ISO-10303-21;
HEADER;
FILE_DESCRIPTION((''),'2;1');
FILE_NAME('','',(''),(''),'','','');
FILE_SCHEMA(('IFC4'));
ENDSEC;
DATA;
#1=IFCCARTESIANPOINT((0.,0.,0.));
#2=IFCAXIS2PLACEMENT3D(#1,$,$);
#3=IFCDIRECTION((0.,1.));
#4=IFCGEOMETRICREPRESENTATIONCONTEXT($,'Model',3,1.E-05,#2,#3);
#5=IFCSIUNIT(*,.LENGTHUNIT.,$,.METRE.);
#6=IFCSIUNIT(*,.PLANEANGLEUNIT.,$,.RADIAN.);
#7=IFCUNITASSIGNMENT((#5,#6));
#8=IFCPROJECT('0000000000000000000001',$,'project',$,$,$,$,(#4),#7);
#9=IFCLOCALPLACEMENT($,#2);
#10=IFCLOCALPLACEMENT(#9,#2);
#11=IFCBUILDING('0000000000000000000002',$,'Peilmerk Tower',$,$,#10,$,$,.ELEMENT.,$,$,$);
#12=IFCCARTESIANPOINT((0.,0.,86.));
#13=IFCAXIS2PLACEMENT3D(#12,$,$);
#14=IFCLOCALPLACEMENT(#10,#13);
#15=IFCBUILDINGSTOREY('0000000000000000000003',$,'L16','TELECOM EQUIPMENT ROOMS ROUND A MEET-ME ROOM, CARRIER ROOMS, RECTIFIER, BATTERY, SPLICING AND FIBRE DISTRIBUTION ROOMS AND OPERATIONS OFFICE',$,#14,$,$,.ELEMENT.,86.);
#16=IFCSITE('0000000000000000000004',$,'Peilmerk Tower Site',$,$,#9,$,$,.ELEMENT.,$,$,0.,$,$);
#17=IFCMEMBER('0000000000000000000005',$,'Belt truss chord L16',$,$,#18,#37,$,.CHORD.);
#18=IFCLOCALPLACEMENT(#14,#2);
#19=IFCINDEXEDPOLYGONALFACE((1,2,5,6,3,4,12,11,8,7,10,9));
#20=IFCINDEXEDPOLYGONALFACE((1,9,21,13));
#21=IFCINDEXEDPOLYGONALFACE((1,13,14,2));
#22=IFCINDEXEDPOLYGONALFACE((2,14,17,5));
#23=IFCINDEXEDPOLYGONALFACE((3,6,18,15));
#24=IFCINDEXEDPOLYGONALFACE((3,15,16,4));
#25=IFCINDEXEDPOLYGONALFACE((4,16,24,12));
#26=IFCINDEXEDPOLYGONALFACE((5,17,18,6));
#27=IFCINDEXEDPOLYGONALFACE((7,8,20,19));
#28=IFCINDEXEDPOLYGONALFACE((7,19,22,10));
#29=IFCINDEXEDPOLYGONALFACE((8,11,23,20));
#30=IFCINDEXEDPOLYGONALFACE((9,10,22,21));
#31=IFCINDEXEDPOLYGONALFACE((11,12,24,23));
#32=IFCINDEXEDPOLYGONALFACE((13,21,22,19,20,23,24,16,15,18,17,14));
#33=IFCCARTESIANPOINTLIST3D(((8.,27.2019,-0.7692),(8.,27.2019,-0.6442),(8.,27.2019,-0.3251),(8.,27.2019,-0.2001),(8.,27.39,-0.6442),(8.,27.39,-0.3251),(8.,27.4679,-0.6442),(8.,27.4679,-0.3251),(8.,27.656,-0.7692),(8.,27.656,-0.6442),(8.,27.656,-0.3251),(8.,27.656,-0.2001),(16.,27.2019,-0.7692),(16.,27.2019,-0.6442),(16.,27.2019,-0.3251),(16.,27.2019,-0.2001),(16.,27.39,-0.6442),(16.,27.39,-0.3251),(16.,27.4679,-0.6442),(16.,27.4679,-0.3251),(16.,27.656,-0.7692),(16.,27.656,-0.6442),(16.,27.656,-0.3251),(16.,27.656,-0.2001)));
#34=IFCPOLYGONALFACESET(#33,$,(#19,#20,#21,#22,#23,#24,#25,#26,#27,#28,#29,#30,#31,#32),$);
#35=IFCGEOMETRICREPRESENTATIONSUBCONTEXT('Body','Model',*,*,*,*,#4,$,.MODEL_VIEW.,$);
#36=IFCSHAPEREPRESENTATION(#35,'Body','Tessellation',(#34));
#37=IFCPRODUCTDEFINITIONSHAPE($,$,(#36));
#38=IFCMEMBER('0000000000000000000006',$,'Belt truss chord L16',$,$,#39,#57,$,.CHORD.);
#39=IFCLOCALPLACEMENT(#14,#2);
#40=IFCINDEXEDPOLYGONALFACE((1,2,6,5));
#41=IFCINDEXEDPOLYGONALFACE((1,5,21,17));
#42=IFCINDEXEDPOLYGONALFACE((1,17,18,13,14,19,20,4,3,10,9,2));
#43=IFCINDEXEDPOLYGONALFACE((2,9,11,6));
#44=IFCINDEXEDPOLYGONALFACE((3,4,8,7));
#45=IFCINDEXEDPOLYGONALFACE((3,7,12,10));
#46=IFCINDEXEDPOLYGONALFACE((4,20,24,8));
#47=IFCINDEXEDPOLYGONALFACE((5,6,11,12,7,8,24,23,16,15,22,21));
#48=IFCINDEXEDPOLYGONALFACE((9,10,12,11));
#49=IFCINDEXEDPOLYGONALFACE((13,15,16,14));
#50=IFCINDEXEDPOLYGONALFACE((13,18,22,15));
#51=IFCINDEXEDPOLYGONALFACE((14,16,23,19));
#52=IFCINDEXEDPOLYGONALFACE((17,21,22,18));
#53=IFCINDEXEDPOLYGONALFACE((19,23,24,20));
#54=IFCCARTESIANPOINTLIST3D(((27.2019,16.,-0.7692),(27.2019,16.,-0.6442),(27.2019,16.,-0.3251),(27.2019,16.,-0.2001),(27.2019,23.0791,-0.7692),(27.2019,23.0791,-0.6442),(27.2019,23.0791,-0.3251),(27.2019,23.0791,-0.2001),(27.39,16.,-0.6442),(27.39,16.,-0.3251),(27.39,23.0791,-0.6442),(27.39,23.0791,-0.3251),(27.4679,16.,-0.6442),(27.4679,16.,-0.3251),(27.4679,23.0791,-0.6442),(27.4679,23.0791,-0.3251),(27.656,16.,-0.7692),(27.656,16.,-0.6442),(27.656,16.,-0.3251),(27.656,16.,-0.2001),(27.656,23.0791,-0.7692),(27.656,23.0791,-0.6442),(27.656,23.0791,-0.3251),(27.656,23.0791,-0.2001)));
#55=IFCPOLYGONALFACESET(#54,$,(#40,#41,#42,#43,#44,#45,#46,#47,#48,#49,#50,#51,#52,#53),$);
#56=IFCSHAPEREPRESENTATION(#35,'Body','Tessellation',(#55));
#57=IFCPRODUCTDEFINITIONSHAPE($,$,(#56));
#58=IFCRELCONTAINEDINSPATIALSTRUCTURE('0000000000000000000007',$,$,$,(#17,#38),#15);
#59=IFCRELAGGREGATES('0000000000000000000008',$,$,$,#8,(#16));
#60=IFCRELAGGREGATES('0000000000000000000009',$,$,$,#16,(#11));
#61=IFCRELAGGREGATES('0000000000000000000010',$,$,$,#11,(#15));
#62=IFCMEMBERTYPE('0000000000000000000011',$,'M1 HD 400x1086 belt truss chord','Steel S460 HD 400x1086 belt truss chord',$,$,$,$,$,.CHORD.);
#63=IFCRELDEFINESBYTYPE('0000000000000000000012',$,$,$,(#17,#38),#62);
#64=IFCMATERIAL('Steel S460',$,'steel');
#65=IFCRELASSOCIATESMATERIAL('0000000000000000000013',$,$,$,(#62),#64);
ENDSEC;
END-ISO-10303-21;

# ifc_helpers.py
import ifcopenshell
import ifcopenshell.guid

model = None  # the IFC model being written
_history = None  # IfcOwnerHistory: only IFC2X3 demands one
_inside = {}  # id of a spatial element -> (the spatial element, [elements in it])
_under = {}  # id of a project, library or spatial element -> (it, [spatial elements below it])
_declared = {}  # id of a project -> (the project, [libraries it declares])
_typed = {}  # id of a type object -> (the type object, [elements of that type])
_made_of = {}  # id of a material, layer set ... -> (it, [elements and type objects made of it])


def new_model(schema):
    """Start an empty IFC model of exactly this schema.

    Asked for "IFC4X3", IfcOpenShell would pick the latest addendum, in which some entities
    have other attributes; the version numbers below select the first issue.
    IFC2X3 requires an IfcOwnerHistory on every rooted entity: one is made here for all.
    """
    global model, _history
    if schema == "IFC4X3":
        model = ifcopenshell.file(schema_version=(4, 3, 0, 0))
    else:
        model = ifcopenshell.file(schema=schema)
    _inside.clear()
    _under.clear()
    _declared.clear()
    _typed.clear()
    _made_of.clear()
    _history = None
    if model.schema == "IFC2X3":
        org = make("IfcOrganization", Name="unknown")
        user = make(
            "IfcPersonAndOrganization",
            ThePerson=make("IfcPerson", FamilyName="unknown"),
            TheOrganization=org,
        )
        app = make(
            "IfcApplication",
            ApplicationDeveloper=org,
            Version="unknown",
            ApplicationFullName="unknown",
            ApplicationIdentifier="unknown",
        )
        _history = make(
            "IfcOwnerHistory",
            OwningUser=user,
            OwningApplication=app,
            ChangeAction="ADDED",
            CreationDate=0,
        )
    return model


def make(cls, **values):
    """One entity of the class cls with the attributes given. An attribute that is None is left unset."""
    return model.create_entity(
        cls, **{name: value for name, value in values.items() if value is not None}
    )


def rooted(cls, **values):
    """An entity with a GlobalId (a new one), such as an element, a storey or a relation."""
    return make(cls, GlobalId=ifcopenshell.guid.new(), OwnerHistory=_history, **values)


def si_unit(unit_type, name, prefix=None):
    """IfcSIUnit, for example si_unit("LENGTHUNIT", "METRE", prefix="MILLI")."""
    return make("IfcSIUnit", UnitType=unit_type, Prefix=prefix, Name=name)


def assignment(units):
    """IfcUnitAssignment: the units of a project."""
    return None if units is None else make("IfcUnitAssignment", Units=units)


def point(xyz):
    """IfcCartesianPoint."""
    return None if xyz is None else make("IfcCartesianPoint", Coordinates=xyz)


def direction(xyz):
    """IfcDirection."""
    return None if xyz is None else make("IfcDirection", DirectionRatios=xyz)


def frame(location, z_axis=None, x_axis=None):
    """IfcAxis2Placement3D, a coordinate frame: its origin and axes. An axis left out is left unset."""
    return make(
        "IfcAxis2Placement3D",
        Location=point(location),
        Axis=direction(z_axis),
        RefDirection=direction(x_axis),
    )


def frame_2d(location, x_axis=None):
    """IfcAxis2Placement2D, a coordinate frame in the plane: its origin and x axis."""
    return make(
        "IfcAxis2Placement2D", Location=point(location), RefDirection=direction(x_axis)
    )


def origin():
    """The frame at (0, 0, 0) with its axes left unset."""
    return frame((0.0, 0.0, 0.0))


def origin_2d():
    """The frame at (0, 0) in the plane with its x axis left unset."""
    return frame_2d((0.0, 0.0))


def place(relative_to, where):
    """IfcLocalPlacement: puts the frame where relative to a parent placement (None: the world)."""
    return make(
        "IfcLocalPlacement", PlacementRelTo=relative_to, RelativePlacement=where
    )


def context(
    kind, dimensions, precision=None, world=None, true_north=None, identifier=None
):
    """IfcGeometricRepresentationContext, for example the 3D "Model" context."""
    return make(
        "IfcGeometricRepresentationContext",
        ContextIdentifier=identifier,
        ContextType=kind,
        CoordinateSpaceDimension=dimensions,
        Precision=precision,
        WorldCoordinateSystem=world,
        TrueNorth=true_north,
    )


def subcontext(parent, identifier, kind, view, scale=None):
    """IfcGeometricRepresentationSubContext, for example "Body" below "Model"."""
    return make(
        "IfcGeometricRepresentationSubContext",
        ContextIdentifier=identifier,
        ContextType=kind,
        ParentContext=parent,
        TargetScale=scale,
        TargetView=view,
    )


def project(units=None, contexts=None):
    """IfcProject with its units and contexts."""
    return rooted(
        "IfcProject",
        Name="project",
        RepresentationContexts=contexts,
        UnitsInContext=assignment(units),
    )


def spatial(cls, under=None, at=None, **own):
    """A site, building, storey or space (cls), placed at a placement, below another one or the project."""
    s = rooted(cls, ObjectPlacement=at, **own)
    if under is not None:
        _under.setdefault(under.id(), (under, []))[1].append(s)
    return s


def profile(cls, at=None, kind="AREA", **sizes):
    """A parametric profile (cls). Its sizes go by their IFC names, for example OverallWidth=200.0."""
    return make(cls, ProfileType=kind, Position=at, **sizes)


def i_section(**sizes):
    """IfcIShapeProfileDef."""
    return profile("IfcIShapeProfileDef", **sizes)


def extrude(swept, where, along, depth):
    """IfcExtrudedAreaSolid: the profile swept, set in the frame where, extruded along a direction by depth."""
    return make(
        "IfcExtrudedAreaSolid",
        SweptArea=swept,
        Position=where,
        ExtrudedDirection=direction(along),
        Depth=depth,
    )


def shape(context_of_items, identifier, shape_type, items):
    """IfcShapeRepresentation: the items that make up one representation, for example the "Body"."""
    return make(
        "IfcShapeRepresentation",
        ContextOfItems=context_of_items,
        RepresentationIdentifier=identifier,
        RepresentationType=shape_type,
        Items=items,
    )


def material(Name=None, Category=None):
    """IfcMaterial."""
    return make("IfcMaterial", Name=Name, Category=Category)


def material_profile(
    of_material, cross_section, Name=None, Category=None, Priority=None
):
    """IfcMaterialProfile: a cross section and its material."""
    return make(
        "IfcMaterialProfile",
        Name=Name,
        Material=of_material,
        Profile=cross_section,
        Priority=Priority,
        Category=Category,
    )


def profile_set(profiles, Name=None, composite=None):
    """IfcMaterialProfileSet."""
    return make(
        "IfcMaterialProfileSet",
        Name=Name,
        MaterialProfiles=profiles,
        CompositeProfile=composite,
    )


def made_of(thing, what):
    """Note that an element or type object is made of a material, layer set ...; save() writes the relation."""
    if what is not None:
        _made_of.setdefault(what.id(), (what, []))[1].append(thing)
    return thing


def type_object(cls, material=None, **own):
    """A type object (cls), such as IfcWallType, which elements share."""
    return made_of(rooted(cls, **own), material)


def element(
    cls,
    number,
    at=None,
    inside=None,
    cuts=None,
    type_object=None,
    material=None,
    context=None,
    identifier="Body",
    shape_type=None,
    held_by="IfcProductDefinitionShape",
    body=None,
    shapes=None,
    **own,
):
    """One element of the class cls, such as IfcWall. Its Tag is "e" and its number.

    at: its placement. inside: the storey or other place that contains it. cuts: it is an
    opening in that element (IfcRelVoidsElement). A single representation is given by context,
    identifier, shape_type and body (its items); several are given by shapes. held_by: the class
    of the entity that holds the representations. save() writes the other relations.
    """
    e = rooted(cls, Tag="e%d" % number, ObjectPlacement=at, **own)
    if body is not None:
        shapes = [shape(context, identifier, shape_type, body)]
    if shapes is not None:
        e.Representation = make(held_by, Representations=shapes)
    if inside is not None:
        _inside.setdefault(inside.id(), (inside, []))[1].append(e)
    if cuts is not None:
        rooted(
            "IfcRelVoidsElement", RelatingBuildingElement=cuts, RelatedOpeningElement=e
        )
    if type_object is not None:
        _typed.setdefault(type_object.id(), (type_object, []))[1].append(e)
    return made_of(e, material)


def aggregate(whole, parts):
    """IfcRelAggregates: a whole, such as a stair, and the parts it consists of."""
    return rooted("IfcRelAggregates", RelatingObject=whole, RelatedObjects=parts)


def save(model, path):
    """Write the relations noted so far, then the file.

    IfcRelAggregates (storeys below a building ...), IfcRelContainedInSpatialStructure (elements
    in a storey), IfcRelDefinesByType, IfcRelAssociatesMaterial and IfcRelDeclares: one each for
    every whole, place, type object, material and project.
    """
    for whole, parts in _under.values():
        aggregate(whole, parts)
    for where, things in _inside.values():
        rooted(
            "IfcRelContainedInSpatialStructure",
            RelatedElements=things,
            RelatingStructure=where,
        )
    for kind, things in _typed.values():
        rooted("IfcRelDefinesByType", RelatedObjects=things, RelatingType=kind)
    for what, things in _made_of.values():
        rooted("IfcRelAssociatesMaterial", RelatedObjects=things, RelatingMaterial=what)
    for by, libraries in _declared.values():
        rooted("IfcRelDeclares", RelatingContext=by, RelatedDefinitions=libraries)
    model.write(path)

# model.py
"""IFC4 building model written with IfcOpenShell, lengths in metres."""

from ifc_helpers import new_model, si_unit, direction, frame, origin, origin_2d, place, context, subcontext, project, spatial, i_section, extrude, material, material_profile, profile_set, type_object, element, save


model = new_model("IFC4")

# Units and contexts
model_context = context("Model", 3, precision=1e-05, world=origin(), true_north=direction((0.0, 1.0)))
body_context = subcontext(model_context, "Body", "Model", "MODEL_VIEW")
ifc_project = project(units=[si_unit("LENGTHUNIT", "METRE"), si_unit("PLANEANGLEUNIT", "RADIAN")], contexts=[model_context])

# Site, building, storey
site_placement = place(None, origin())
site = spatial("IfcSite", under=ifc_project, at=site_placement, Name="Peilmerk Tower Site", CompositionType="ELEMENT", RefElevation=0.0)
building_placement = place(site_placement, origin())
building = spatial("IfcBuilding", under=site, at=building_placement, Name="Peilmerk Tower", CompositionType="ELEMENT")
storey_placement = place(building_placement, frame((0.0, 0.0, 86.0)))
storey = spatial("IfcBuildingStorey", under=building, at=storey_placement, Name="L16", Description="TELECOM EQUIPMENT ROOMS ROUND A MEET-ME ROOM, CARRIER ROOMS, RECTIFIER, BATTERY, SPLICING AND FIBRE DISTRIBUTION ROOMS AND OPERATIONS OFFICE", CompositionType="ELEMENT", Elevation=86.0)

# Shared definitions
ifc_material_1 = material(Name="Steel S460", Category="steel")

# Members
ifc_material_profile_1 = material_profile(ifc_material_1, i_section(OverallWidth=0.4541, OverallDepth=0.5691, WebThickness=0.0779, FlangeThickness=0.125, at=origin_2d()), Name="HD 400x1086")
ifc_profile_set_1 = profile_set([ifc_material_profile_1], Name="Steel S460")
member_type = type_object("IfcMemberType", Name="M1 HD 400x1086 belt truss chord", Description="Steel S460 HD 400x1086 belt truss chord", PredefinedType="CHORD", material=ifc_profile_set_1)
member_1_placement = place(storey_placement, frame((16.0, 27.429, -0.4846), z_axis=(-1.0, 0.0, 0.0), x_axis=(0.0, -1.0, 0.0)))
element("IfcMember", 1, at=member_1_placement, inside=storey, type_object=member_type, Name="Belt truss chord L16", PredefinedType="CHORD", context=body_context, shape_type="SweptSolid", body=[
    extrude(i_section(OverallWidth=0.4541, OverallDepth=0.5691, WebThickness=0.0779, FlangeThickness=0.125, at=origin_2d()), origin(), (0.0, 0.0, 1.0), 8.0),
])
member_2_placement = place(storey_placement, frame((27.429, 16.0, -0.4846), z_axis=(0.0, 1.0, 0.0), x_axis=(-1.0, 0.0, 0.0)))
element("IfcMember", 2, at=member_2_placement, inside=storey, type_object=member_type, Name="Belt truss chord L16", PredefinedType="CHORD", context=body_context, shape_type="SweptSolid", body=[
    extrude(i_section(OverallWidth=0.4541, OverallDepth=0.5691, WebThickness=0.0779, FlangeThickness=0.125, at=origin_2d()), origin(), (0.0, 0.0, 1.0), 7.0791),
])

save(model, "model.ifc")
